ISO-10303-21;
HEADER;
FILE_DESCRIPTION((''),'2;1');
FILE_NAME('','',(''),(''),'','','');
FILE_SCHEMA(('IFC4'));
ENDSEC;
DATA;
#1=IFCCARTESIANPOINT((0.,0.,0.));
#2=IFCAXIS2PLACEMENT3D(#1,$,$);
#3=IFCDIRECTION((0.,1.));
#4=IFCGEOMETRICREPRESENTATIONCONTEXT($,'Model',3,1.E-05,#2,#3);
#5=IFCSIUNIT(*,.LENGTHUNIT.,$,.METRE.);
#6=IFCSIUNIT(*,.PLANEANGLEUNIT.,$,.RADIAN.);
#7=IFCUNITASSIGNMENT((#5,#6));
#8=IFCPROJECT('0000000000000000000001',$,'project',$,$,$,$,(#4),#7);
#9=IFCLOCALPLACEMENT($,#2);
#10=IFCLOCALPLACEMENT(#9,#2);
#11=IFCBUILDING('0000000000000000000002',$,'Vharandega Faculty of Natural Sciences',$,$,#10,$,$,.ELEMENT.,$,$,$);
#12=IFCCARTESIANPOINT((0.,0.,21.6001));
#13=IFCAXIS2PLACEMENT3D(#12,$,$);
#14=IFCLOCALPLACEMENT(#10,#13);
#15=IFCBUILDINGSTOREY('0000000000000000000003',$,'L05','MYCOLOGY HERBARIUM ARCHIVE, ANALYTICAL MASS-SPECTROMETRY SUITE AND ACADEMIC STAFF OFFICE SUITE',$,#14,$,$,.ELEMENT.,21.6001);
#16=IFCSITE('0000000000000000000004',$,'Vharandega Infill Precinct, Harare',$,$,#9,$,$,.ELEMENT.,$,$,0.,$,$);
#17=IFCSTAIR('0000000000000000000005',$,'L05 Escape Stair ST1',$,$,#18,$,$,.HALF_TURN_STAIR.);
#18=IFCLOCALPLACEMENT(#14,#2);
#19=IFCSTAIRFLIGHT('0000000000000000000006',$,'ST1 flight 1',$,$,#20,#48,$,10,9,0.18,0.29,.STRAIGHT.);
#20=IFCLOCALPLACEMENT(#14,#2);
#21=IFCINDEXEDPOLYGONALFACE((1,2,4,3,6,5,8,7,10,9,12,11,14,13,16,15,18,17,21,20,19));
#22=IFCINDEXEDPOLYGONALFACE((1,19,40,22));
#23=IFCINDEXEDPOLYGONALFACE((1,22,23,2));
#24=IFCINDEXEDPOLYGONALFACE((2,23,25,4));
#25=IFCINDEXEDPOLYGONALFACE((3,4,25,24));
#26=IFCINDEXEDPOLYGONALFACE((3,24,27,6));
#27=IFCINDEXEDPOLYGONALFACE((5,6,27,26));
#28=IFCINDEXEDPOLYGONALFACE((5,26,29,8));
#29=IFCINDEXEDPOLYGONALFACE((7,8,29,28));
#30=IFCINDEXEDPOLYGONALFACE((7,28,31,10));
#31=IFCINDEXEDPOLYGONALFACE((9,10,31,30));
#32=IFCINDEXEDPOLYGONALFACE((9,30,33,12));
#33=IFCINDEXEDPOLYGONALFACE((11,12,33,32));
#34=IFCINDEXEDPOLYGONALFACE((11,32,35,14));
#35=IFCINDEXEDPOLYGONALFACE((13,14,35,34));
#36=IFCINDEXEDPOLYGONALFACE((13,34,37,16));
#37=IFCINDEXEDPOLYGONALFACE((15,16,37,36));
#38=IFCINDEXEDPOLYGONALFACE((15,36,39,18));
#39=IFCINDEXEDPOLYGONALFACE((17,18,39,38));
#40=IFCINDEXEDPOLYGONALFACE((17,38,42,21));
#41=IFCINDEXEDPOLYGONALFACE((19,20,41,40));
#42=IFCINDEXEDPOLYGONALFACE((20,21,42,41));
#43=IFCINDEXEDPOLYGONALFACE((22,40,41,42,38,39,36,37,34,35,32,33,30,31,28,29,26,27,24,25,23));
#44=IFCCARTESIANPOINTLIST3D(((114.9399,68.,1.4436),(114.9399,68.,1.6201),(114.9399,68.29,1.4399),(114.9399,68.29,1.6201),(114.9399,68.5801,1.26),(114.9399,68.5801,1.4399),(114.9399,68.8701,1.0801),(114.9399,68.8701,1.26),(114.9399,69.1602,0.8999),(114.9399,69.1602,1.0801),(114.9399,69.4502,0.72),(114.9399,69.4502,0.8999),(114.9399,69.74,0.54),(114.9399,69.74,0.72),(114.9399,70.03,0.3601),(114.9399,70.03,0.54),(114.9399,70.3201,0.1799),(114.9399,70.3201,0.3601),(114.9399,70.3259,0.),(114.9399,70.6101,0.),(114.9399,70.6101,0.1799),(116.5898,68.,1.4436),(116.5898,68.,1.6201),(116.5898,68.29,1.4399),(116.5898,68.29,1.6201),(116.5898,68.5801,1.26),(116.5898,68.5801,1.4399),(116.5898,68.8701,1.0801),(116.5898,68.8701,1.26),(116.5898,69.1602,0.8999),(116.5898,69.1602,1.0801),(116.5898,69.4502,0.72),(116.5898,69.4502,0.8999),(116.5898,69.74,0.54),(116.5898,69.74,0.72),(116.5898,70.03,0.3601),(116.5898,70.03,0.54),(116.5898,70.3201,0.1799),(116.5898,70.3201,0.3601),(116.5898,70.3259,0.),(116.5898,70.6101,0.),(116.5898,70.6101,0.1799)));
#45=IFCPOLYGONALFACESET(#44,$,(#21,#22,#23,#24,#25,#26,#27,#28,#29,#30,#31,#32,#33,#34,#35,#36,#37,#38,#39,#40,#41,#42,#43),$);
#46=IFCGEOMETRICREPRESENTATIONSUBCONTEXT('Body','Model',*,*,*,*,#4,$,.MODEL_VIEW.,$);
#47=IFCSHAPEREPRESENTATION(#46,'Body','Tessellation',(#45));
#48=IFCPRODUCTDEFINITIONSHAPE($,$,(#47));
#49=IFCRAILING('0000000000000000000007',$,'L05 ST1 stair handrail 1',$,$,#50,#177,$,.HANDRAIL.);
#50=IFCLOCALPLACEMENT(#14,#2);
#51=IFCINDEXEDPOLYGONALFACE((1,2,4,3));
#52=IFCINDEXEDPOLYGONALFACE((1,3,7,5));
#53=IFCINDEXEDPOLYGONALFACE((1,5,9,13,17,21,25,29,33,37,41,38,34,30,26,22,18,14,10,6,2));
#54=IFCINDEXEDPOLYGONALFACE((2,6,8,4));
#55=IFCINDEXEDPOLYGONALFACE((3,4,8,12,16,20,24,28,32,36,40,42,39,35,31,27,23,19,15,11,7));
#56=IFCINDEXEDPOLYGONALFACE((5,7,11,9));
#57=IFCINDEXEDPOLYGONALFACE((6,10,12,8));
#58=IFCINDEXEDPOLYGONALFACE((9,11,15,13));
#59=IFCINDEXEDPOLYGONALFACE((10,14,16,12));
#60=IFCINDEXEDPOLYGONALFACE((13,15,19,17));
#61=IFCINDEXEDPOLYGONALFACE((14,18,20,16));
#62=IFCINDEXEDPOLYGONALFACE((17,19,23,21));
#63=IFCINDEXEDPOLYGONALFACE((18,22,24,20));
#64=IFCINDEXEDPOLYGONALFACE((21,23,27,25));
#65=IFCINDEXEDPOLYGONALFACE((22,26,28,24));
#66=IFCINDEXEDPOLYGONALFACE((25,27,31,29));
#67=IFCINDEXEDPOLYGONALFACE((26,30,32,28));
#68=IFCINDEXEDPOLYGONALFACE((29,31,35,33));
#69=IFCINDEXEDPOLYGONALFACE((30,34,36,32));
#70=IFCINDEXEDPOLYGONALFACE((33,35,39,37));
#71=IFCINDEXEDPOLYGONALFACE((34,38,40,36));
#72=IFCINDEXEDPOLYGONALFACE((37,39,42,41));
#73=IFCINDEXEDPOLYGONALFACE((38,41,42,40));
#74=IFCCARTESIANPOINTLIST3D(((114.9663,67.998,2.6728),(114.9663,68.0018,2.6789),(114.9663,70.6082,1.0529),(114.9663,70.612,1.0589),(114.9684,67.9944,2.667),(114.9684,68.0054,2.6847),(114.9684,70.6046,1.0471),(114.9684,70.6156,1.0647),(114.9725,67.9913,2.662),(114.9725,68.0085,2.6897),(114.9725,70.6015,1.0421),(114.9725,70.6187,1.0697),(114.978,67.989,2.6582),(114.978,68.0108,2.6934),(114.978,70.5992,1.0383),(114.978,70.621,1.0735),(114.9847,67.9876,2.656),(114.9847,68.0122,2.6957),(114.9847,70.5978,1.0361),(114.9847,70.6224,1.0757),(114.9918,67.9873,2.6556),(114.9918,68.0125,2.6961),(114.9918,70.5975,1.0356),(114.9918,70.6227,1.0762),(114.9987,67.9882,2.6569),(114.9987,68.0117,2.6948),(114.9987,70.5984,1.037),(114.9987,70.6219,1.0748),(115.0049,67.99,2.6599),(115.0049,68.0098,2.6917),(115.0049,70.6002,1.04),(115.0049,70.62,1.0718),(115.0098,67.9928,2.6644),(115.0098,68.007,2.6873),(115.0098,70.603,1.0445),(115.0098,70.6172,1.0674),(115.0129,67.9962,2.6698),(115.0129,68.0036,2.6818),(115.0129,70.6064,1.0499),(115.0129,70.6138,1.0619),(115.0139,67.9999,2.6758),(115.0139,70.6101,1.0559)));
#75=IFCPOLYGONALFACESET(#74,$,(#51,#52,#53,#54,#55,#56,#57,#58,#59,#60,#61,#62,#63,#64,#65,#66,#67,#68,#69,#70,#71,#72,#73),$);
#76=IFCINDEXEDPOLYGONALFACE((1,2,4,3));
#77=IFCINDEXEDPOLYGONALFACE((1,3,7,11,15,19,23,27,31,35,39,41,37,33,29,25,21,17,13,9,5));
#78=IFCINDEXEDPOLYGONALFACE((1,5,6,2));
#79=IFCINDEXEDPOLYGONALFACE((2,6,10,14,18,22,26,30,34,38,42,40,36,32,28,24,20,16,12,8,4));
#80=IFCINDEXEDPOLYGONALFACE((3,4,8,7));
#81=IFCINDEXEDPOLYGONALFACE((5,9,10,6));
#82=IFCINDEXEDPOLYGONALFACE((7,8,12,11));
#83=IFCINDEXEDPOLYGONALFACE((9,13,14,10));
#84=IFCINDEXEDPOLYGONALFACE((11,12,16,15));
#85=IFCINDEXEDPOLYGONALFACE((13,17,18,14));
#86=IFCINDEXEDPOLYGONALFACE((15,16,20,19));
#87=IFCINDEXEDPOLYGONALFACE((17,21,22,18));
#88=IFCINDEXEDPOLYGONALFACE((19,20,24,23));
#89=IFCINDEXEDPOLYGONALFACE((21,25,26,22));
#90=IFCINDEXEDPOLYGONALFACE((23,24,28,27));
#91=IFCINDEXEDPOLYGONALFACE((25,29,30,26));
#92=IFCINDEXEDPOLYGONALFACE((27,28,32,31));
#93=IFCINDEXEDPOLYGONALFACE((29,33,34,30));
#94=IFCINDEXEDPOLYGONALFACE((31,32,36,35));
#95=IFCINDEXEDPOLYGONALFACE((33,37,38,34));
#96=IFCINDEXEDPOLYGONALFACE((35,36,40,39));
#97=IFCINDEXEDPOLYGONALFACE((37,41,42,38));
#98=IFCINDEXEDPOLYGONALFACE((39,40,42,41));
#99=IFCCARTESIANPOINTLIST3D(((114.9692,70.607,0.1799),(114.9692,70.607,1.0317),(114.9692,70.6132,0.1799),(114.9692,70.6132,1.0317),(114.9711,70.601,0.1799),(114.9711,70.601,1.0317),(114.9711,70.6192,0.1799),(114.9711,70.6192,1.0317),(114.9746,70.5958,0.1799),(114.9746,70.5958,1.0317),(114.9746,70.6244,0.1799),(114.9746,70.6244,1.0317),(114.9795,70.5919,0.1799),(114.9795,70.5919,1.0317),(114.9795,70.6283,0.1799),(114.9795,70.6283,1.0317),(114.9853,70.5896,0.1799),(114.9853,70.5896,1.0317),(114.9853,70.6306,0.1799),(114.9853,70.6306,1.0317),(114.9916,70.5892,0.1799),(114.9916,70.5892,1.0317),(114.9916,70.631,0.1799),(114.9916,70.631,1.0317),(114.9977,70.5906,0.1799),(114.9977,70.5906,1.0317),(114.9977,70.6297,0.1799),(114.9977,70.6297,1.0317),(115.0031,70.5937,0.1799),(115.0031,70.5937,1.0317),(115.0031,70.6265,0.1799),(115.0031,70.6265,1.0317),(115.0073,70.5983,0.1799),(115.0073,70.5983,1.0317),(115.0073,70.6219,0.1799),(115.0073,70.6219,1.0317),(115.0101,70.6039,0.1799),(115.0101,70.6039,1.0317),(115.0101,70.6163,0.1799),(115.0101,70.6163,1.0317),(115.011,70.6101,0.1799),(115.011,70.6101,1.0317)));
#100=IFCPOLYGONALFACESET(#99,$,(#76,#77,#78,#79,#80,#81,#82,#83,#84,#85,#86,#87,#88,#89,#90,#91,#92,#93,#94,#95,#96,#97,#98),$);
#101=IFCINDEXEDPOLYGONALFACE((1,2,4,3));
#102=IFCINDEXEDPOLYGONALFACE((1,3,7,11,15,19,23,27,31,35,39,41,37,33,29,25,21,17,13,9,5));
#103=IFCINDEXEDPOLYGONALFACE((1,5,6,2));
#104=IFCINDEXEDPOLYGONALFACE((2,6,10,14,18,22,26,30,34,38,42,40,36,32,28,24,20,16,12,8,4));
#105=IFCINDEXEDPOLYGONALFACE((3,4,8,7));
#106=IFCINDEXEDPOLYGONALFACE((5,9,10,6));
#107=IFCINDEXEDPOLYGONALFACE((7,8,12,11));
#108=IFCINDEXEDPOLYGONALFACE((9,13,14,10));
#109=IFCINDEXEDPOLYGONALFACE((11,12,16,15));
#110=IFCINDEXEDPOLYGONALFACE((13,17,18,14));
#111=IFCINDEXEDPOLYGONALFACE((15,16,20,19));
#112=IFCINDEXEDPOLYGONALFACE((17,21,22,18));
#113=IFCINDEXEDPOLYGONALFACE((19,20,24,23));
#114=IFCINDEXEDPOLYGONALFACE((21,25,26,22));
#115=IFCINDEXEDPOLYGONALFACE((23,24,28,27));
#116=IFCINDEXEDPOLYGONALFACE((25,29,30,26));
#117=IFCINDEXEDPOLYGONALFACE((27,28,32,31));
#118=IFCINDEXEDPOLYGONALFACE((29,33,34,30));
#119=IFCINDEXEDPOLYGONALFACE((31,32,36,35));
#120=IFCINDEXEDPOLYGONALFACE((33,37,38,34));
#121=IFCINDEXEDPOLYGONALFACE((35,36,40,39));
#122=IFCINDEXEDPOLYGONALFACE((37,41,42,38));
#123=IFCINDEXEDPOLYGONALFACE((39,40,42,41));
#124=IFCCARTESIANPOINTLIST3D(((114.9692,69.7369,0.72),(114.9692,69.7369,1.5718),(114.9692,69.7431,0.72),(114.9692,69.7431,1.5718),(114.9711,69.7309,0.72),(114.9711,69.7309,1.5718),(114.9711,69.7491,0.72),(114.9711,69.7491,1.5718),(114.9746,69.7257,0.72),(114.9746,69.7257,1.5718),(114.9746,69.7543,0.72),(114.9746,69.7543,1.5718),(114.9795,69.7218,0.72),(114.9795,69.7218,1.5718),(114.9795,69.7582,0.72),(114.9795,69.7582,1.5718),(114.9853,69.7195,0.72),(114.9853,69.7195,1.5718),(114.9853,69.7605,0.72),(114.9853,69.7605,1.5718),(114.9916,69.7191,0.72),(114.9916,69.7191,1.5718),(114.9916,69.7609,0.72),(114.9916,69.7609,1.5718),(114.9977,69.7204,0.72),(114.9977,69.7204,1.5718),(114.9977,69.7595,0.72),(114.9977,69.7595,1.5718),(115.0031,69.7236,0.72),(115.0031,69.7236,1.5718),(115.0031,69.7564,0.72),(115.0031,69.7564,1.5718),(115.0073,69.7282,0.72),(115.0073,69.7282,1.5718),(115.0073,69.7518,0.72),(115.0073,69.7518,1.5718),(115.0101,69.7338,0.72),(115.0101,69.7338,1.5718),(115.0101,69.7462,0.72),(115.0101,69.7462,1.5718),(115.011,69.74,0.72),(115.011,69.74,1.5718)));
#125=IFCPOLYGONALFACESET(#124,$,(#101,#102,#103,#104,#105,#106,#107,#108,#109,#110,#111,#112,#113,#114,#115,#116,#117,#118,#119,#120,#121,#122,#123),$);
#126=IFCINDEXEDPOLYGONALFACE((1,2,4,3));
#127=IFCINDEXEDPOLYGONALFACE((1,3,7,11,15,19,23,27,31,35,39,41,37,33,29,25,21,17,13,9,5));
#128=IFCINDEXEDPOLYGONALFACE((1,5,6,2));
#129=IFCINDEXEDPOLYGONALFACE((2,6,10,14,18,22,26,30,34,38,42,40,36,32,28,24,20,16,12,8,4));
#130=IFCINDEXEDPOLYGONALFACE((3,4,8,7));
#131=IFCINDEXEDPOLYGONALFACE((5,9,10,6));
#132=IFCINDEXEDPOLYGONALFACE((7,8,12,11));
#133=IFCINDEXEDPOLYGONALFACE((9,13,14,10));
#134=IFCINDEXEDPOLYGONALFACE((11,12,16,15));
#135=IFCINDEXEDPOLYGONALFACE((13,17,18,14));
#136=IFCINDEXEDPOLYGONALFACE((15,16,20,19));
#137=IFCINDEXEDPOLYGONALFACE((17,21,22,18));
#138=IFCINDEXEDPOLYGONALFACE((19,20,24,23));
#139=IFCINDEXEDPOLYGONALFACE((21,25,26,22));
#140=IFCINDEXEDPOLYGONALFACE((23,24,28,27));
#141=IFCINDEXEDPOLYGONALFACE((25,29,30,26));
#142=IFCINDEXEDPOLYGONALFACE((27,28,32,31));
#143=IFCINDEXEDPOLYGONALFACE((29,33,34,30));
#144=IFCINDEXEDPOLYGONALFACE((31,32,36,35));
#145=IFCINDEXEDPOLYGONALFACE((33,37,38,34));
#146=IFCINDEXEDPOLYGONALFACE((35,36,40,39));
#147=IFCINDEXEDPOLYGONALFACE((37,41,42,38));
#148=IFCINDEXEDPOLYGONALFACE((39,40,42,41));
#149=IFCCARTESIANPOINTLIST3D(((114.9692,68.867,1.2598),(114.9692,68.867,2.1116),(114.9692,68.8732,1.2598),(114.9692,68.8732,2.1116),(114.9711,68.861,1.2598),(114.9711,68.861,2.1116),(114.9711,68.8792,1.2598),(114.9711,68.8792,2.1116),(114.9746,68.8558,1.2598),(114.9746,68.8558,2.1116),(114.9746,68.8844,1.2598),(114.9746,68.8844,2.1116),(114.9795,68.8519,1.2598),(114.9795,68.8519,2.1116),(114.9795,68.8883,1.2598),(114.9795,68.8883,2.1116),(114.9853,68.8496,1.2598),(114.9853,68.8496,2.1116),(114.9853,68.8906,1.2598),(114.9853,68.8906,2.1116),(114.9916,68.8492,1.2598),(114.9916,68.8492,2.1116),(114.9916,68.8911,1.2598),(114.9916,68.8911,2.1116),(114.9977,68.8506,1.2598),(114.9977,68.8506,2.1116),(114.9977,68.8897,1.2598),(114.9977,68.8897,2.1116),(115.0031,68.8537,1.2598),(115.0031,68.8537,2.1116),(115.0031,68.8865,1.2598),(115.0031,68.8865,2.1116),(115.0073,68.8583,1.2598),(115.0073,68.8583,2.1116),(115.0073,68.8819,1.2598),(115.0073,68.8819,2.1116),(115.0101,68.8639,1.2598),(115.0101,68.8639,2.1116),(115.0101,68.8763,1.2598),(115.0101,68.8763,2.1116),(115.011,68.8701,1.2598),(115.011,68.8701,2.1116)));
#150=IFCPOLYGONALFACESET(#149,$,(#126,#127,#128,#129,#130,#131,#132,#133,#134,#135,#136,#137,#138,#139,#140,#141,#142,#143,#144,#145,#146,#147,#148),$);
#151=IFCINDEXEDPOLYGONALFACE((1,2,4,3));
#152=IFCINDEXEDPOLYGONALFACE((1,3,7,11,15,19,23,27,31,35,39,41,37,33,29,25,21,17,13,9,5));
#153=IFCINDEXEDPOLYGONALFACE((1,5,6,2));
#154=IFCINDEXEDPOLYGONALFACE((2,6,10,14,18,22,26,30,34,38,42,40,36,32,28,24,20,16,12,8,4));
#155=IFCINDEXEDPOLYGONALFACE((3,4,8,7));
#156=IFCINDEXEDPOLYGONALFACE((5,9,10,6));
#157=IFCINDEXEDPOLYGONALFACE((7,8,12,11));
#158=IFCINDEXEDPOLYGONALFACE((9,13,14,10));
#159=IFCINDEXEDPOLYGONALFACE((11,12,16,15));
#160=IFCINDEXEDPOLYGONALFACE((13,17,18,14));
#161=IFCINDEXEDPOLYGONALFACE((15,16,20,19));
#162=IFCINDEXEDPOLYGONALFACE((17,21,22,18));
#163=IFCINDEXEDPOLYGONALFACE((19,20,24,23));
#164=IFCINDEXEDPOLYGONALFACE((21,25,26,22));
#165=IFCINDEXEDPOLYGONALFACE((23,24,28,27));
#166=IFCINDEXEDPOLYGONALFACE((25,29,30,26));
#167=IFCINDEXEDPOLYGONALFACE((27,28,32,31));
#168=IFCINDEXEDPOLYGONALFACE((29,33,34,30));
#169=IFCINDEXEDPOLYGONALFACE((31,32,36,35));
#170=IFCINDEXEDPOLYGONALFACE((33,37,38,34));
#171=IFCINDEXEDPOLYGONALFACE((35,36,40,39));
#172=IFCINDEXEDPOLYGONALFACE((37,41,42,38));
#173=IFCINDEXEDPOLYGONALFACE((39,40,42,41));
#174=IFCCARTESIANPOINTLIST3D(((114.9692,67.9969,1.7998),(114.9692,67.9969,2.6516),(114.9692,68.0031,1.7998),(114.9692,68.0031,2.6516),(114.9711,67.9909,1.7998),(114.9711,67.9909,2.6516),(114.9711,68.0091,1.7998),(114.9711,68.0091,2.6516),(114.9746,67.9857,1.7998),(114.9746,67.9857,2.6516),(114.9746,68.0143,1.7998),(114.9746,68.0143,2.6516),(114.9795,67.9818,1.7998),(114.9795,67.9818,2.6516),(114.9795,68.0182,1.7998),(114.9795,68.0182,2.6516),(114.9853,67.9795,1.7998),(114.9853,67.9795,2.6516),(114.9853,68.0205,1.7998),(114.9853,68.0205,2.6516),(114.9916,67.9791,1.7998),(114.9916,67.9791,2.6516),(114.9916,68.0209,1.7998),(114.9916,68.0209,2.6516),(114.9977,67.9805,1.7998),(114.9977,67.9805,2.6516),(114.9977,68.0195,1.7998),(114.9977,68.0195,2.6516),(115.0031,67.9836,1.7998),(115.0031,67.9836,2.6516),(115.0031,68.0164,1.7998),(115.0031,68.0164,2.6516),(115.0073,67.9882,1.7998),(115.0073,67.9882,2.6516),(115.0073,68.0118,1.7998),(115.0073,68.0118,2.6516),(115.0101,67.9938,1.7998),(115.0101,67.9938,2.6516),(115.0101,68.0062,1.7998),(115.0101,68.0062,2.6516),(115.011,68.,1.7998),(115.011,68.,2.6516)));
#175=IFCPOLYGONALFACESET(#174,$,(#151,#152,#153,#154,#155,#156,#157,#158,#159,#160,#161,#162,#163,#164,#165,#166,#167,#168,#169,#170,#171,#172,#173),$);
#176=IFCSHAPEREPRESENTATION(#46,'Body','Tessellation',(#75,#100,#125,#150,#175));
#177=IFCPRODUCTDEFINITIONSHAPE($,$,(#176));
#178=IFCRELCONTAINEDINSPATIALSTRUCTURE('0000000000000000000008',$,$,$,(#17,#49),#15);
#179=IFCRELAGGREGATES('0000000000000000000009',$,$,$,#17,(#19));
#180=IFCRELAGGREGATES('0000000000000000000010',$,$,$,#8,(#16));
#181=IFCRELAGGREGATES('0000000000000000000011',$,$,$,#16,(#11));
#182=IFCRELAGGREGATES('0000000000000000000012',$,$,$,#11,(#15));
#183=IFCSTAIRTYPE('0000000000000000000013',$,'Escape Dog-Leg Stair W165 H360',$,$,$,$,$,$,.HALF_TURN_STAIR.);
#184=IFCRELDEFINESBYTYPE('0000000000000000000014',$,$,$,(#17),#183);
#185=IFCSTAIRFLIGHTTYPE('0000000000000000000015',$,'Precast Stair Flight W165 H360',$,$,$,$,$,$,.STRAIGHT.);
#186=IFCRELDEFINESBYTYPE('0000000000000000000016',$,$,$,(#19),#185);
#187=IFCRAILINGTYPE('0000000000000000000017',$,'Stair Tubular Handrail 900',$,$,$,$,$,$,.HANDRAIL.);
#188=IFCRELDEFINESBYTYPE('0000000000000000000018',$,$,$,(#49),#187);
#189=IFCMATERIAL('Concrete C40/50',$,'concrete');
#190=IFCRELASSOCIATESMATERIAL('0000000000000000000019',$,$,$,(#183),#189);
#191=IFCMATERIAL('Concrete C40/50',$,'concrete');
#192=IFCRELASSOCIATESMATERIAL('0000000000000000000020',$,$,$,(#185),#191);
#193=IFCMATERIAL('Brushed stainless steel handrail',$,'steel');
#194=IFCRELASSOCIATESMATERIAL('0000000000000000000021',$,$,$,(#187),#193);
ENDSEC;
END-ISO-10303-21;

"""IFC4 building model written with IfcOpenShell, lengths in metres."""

from ifc_helpers import new_model, si_unit, direction, frame, origin, origin_2d, place, context, subcontext, project, spatial, polyline, circle, outline, extrude, material, type_object, element, aggregate, save


model = new_model("IFC4")

# Units and contexts
model_context = context("Model", 3, precision=1e-05, world=origin(), true_north=direction((0.0, 1.0)))
body_context = subcontext(model_context, "Body", "Model", "MODEL_VIEW")
ifc_project = project(units=[si_unit("LENGTHUNIT", "METRE"), si_unit("PLANEANGLEUNIT", "RADIAN")], contexts=[model_context])

# Site, building, storey
site_placement = place(None, origin())
site = spatial("IfcSite", under=ifc_project, at=site_placement, Name="Vharandega Infill Precinct, Harare", CompositionType="ELEMENT", RefElevation=0.0)
building_placement = place(site_placement, origin())
building = spatial("IfcBuilding", under=site, at=building_placement, Name="Vharandega Faculty of Natural Sciences", CompositionType="ELEMENT")
storey_placement = place(building_placement, frame((0.0, 0.0, 21.6001)))
storey = spatial("IfcBuildingStorey", under=building, at=storey_placement, Name="L05", Description="MYCOLOGY HERBARIUM ARCHIVE, ANALYTICAL MASS-SPECTROMETRY SUITE AND ACADEMIC STAFF OFFICE SUITE", CompositionType="ELEMENT", Elevation=21.6001)

# Stair, stair flight
ifc_material_1 = material(Name="Concrete C40/50", Category="concrete")
stair_type = type_object("IfcStairType", Name="Escape Dog-Leg Stair W165 H360", PredefinedType="HALF_TURN_STAIR", material=ifc_material_1)
stair_placement = place(storey_placement, origin())
stair = element("IfcStair", 1, at=stair_placement, inside=storey, type_object=stair_type, Name="L05 Escape Stair ST1", PredefinedType="HALF_TURN_STAIR")
ifc_material_2 = material(Name="Concrete C40/50", Category="concrete")
stair_flight_type = type_object("IfcStairFlightType", Name="Precast Stair Flight W165 H360", PredefinedType="STRAIGHT", material=ifc_material_2)
stair_flight_placement = place(storey_placement, frame((115.7649, 70.6101, 0.0), z_axis=(0.0, 0.0, 1.0), x_axis=(0.0, -1.0, 0.0)))
stair_flight = element("IfcStairFlight", 2, at=stair_flight_placement, type_object=stair_flight_type, Name="ST1 flight 1", NumberOfRisers=10, NumberOfTreads=9, PredefinedType="STRAIGHT", RiserHeight=0.18, TreadLength=0.29, context=body_context, shape_type="SweptSolid", body=[
    extrude(outline(polyline([(0.0, 0.0), (0.0, 0.1799), (0.29, 0.1799), (0.29, 0.3601), (0.5801, 0.3601), (0.5801, 0.54), (0.8701, 0.54), (0.8701, 0.72), (1.1599, 0.72), (1.1599, 0.8999), (1.45, 0.8999), (1.45, 1.0801), (1.74, 1.0801), (1.74, 1.26), (2.03, 1.26), (2.03, 1.4399), (2.3201, 1.4399), (2.3201, 1.6201), (2.6101, 1.6201), (2.6101, 1.8), (2.6101, 1.4436), (0.2842, 0.0), (0.0, 0.0)])), frame((0.0, 0.825, 0.0), z_axis=(0.0, -1.0, 0.0), x_axis=(1.0, 0.0, 0.0)), (0.0, 0.0, 1.0), 1.6499),
])
aggregate(stair, [stair_flight])

# Railing
ifc_material_3 = material(Name="Brushed stainless steel handrail", Category="steel")
railing_type_1 = type_object("IfcRailingType", Name="Stair Tubular Handrail 900", PredefinedType="HANDRAIL", material=ifc_material_3)
railing_1_placement = place(storey_placement, frame((114.99, 70.6101, 0.1799)))
element("IfcRailing", 3, at=railing_1_placement, inside=storey, type_object=railing_type_1, Name="L05 ST1 stair handrail 1", PredefinedType="HANDRAIL", context=body_context, shape_type="SweptSolid", body=[
    extrude(circle(Radius=0.0239, at=origin_2d()), frame((0.0, 0.0, 0.876), z_axis=(0.0, -0.849668, 0.527317), x_axis=(1.0, 0.0, 0.0)), (0.0, 0.0, 1.0), 3.072),
    extrude(circle(Radius=0.021, at=origin_2d()), origin(), (0.0, 0.0, 1.0), 0.8518),
    extrude(circle(Radius=0.021, at=origin_2d()), frame((0.0, -0.8701, 0.54)), (0.0, 0.0, 1.0), 0.8518),
    extrude(circle(Radius=0.021, at=origin_2d()), frame((0.0, -1.74, 1.0798)), (0.0, 0.0, 1.0), 0.8518),
    extrude(circle(Radius=0.021, at=origin_2d()), frame((0.0, -2.6101, 1.6199)), (0.0, 0.0, 1.0), 0.8518),
])

save(model, "model.ifc")
